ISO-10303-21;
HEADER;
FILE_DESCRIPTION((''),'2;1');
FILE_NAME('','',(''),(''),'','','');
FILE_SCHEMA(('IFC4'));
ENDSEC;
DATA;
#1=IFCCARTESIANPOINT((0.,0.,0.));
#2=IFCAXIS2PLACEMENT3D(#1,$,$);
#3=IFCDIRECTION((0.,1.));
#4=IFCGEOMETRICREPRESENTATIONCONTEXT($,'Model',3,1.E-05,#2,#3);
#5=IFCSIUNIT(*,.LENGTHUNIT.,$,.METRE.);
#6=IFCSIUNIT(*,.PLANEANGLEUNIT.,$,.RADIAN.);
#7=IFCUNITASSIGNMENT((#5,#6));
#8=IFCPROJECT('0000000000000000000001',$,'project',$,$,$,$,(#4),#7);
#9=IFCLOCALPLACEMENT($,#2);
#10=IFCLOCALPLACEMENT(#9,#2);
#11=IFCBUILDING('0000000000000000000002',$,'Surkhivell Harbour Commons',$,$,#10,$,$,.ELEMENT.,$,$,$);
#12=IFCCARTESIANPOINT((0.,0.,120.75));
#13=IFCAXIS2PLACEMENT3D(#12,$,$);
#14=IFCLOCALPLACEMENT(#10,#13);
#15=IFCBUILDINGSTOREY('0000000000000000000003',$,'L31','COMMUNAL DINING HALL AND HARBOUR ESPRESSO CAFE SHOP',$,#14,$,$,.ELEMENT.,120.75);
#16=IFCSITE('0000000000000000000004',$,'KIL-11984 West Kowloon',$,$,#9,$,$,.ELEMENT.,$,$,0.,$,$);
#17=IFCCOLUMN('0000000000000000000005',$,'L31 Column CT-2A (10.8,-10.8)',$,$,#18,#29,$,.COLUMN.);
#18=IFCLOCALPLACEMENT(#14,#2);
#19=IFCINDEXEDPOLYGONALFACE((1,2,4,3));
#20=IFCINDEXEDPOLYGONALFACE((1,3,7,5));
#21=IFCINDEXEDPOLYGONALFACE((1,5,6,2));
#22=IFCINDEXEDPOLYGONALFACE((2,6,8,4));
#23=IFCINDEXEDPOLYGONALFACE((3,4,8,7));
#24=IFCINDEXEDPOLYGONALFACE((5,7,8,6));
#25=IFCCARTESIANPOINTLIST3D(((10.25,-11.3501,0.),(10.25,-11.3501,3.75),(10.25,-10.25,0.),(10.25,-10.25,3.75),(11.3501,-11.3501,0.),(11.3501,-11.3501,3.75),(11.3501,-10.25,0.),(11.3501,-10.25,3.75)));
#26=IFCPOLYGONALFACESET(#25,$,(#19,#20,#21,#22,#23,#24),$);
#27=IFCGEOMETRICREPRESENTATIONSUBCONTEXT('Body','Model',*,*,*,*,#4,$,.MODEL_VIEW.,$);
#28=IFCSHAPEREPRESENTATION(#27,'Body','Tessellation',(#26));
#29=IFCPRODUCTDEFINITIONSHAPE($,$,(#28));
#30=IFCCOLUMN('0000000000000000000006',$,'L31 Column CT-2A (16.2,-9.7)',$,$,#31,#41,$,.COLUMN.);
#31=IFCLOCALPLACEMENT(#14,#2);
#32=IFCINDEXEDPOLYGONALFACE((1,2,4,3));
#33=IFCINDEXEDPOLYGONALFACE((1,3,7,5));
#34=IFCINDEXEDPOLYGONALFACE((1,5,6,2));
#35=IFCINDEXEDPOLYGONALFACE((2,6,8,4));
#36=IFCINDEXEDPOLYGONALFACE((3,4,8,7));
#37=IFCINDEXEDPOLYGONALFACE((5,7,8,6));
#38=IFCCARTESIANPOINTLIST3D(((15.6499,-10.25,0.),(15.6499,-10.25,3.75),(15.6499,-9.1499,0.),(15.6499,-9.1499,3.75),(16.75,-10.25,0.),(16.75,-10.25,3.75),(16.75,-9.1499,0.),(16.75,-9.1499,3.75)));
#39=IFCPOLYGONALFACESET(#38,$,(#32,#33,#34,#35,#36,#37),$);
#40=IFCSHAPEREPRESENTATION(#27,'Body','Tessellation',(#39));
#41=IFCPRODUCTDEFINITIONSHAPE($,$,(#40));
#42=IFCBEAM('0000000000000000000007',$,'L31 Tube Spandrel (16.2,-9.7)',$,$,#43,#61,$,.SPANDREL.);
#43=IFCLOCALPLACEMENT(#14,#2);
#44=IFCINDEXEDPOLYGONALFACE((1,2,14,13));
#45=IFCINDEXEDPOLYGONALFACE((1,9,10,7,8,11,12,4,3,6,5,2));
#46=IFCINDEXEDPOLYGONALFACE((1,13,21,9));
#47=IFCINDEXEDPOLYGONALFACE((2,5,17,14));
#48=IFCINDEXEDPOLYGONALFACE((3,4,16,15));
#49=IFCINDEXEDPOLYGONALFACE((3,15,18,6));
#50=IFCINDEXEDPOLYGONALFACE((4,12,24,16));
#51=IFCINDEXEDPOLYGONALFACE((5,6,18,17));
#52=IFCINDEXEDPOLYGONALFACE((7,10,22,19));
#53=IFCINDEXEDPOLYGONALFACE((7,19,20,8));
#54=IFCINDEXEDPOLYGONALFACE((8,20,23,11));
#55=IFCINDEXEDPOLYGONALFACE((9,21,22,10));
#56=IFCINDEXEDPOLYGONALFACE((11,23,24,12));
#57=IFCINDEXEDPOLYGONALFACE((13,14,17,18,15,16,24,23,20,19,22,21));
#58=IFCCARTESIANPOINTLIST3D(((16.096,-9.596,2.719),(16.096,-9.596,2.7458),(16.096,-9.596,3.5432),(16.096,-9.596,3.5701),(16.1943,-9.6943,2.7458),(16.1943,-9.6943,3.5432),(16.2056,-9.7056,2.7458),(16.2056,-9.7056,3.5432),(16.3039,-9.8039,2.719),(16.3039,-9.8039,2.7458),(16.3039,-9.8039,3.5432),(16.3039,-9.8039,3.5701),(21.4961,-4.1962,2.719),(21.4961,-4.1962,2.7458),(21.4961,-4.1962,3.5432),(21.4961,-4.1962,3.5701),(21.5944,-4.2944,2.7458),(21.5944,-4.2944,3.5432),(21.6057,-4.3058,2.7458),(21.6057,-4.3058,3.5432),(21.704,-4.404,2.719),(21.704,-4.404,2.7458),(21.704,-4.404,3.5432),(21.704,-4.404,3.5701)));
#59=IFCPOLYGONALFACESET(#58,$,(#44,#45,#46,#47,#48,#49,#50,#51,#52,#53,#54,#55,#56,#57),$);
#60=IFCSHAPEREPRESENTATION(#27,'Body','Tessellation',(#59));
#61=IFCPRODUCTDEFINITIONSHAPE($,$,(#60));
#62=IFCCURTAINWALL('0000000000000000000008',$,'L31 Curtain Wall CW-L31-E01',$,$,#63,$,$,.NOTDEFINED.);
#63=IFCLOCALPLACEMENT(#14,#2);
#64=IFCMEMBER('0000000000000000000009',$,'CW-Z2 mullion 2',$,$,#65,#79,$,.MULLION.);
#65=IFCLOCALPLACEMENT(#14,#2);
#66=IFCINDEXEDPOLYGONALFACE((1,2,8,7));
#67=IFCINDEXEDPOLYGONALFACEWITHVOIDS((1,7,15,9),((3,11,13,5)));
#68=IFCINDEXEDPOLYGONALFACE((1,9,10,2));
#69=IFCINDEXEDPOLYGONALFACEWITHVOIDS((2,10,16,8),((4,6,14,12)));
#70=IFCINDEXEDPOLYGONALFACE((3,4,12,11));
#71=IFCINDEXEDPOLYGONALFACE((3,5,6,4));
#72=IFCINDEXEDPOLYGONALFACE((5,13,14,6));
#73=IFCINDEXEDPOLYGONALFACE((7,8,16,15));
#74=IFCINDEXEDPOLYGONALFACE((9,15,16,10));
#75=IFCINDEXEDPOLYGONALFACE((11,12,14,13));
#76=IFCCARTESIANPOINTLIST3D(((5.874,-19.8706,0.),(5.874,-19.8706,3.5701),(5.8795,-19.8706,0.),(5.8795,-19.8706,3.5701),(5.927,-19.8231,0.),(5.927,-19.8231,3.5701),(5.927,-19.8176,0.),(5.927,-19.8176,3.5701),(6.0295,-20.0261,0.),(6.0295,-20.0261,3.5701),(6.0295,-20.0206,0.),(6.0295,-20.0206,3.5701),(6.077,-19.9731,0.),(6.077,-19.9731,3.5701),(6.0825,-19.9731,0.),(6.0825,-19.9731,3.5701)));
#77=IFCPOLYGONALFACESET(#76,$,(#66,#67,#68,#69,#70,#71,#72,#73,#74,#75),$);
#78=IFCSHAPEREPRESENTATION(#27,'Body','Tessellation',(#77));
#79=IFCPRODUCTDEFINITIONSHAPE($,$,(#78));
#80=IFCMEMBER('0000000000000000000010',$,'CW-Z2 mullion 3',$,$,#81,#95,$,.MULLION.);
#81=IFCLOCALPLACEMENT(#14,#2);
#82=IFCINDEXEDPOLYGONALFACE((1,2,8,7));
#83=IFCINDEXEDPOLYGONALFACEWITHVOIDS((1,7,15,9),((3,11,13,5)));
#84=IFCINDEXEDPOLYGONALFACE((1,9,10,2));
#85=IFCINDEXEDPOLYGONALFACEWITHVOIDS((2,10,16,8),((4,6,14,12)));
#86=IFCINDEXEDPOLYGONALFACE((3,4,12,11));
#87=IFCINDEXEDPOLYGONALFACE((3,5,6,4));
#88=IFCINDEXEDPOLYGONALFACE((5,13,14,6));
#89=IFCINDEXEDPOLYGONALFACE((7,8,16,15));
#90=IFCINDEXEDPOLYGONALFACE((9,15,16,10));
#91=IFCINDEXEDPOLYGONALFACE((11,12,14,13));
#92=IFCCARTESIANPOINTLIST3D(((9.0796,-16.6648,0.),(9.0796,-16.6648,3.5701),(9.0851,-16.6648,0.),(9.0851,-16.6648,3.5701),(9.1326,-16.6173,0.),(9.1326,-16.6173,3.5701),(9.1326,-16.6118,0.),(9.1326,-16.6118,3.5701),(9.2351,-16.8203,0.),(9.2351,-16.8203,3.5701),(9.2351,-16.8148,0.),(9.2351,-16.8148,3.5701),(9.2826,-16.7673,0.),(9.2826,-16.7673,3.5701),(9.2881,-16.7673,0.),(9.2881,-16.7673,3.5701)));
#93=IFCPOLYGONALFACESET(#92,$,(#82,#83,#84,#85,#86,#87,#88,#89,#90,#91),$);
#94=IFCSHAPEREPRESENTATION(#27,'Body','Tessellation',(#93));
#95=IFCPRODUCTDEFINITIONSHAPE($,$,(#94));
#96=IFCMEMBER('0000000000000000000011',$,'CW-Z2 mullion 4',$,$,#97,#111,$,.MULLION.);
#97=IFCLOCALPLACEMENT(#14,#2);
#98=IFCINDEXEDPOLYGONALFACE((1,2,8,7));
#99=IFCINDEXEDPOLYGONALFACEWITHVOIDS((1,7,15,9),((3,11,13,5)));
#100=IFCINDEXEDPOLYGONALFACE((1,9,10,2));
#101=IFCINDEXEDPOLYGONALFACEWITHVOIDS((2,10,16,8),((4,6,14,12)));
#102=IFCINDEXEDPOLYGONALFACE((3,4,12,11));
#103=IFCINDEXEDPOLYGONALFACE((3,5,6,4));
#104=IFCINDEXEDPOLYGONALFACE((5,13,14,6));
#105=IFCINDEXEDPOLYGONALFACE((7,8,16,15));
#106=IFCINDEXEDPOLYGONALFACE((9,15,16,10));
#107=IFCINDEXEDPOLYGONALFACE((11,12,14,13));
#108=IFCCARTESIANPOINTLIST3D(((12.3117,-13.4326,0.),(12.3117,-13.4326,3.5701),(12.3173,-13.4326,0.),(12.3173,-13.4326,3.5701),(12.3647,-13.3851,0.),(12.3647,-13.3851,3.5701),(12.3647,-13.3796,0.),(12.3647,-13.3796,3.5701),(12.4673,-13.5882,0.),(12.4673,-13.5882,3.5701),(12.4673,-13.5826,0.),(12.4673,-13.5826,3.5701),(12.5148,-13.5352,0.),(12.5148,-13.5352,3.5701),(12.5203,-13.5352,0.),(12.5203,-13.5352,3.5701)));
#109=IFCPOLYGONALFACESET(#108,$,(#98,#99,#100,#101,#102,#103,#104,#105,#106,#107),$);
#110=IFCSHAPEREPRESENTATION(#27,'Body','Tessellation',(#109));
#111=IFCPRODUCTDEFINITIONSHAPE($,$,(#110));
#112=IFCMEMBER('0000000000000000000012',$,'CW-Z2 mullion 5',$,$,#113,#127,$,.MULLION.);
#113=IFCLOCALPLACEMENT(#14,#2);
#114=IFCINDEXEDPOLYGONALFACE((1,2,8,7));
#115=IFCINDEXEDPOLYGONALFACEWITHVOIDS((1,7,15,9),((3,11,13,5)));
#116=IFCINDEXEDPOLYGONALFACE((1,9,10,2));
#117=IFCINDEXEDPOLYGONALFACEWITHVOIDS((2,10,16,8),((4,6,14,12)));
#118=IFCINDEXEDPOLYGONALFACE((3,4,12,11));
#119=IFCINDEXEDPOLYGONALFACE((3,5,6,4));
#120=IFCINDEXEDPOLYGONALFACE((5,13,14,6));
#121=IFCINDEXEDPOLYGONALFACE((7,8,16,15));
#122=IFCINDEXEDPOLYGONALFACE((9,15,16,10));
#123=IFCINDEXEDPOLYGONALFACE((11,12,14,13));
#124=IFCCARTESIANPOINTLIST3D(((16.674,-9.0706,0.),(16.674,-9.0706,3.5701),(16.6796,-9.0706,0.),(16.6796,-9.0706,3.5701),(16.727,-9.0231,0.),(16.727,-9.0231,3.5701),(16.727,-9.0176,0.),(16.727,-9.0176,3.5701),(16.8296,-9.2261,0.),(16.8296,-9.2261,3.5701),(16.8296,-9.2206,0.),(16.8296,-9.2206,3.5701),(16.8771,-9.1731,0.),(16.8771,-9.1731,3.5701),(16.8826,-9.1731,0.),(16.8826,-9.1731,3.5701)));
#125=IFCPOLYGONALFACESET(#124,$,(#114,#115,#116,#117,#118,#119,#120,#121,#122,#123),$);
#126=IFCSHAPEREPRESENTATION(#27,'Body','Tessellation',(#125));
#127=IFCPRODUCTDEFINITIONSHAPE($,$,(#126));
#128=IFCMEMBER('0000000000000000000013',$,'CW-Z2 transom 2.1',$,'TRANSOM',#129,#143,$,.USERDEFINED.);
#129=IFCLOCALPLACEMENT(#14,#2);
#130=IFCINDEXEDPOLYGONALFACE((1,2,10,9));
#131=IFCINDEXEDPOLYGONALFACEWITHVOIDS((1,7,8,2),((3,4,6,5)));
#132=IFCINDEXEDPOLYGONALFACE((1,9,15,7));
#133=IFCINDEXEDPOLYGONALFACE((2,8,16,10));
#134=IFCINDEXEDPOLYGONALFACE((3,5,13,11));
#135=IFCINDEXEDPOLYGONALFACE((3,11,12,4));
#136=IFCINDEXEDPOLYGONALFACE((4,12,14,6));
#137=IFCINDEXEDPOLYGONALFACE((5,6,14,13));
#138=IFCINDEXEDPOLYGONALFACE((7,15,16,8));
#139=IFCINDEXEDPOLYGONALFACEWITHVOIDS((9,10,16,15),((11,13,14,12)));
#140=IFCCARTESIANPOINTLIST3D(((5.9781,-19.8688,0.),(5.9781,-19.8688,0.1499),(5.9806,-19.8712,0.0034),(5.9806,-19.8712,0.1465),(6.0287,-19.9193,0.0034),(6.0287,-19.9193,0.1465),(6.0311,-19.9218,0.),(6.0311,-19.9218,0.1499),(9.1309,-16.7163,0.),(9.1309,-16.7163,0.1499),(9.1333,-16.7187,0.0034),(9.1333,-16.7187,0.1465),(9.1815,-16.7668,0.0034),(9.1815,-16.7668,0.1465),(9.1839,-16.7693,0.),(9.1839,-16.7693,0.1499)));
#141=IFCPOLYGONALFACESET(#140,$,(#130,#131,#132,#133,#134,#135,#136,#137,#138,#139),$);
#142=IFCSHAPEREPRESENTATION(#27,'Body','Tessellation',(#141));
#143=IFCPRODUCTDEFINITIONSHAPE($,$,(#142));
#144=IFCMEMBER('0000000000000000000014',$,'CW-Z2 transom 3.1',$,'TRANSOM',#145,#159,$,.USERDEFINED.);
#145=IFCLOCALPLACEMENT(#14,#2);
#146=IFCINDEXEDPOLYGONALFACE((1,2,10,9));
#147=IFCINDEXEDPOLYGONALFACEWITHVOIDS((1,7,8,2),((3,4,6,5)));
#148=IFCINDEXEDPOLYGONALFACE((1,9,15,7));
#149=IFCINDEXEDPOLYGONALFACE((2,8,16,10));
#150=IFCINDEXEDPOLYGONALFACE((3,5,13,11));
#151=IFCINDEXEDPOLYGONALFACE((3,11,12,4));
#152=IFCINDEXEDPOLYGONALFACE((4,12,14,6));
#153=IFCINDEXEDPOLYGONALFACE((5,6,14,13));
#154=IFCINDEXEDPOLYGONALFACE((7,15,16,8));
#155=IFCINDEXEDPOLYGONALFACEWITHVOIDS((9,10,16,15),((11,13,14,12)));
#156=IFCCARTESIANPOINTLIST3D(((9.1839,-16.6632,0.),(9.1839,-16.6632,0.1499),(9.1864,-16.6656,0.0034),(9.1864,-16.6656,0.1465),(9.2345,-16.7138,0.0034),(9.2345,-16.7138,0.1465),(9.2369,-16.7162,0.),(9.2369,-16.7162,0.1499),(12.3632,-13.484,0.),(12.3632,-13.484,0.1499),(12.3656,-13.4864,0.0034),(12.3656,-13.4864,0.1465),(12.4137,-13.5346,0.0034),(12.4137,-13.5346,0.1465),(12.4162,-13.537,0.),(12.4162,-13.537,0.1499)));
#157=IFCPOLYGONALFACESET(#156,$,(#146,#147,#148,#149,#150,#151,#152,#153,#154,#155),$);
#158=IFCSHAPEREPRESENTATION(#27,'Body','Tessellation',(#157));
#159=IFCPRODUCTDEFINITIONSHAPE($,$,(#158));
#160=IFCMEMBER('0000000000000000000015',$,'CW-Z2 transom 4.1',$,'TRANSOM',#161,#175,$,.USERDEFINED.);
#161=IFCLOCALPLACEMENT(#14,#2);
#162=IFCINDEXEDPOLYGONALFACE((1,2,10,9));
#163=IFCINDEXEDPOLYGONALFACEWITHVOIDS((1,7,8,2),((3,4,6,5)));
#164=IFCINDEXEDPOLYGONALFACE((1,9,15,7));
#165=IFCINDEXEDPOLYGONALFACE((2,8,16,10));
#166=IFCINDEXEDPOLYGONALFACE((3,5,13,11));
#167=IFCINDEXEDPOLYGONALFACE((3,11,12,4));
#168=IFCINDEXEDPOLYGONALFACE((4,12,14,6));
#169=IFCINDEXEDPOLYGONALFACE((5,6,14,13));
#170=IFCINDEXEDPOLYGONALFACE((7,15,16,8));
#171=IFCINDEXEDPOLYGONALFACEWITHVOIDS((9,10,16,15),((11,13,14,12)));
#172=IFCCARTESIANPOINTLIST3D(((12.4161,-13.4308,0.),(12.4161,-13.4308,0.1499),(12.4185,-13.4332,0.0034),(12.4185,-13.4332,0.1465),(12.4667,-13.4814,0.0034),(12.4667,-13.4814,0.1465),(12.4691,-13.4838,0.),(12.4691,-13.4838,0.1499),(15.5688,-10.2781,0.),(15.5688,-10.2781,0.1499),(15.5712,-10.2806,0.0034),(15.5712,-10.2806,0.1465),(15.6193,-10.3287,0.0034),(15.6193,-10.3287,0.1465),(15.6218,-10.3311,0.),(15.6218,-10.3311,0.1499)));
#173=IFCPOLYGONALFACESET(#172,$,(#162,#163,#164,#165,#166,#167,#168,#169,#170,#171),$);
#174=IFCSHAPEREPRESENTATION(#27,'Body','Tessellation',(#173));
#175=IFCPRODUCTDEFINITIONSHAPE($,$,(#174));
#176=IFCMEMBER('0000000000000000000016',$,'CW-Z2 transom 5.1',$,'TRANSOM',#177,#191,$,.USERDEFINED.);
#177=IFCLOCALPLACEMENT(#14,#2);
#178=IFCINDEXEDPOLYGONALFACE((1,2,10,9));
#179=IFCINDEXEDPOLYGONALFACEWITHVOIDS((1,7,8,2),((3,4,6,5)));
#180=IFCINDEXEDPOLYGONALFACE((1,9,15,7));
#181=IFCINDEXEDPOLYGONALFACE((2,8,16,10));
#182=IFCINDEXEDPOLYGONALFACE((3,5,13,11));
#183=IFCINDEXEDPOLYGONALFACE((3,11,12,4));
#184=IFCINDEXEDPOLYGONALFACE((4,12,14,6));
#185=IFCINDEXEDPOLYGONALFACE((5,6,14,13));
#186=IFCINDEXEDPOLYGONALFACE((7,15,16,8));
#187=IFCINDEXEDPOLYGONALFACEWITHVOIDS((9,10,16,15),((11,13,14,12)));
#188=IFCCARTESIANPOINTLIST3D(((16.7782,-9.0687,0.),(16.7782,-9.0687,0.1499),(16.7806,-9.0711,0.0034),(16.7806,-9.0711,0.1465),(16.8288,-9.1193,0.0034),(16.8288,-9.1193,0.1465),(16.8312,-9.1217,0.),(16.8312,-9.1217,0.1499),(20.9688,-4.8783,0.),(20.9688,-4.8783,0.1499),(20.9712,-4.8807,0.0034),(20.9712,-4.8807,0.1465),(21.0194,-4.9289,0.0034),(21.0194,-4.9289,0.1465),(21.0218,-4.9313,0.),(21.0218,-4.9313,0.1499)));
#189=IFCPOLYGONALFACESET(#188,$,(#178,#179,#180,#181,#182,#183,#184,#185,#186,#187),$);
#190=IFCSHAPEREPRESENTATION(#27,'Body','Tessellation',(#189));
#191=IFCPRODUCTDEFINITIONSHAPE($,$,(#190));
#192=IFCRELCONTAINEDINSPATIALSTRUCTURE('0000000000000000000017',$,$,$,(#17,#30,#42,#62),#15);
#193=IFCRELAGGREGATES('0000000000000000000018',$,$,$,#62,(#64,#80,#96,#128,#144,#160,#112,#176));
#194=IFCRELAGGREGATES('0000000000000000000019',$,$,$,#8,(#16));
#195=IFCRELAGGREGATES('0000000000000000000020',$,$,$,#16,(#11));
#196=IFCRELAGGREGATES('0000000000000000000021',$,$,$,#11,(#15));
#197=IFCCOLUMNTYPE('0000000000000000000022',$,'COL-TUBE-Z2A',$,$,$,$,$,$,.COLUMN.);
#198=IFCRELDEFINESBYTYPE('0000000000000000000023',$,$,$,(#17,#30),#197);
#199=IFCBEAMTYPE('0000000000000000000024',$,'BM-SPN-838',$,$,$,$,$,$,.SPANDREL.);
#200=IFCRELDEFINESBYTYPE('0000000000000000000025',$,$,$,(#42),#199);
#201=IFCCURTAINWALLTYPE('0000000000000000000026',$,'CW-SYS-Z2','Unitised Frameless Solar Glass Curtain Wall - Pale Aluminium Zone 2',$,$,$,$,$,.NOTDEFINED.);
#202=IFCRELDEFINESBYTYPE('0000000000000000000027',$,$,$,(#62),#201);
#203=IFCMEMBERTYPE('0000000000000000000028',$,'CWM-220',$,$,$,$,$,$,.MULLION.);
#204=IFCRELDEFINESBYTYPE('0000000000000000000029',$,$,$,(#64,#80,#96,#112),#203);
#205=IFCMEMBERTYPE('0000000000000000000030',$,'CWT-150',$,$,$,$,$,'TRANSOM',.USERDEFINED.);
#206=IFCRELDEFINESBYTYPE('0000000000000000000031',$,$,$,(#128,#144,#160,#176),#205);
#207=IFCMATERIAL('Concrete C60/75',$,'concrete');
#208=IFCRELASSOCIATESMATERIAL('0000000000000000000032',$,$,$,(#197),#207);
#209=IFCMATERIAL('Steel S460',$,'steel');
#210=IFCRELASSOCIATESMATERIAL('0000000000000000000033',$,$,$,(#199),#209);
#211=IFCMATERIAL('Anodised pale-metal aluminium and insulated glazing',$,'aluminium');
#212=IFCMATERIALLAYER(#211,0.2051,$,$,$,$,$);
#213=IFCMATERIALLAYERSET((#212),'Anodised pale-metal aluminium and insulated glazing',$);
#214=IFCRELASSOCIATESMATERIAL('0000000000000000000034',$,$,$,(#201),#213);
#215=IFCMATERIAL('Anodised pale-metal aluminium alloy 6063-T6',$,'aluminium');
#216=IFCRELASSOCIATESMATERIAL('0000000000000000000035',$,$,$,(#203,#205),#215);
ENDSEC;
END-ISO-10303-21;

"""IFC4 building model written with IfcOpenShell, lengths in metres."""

from ifc_helpers import new_model, si_unit, direction, frame, origin, origin_2d, place, context, subcontext, project, spatial, rectangle, hollow_rectangle, i_section, extrude, material, layer, layer_set, material_profile, profile_set, type_object, element, aggregate, save


model = new_model("IFC4")

# Units and contexts
model_context = context("Model", 3, precision=1e-05, world=origin(), true_north=direction((0.0, 1.0)))
body_context = subcontext(model_context, "Body", "Model", "MODEL_VIEW")
ifc_project = project(units=[si_unit("LENGTHUNIT", "METRE"), si_unit("PLANEANGLEUNIT", "RADIAN")], contexts=[model_context])

# Site, building, storey
site_placement = place(None, origin())
site = spatial("IfcSite", under=ifc_project, at=site_placement, Name="KIL-11984 West Kowloon", CompositionType="ELEMENT", RefElevation=0.0)
building_placement = place(site_placement, origin())
building = spatial("IfcBuilding", under=site, at=building_placement, Name="Surkhivell Harbour Commons", CompositionType="ELEMENT")
storey_placement = place(building_placement, frame((0.0, 0.0, 120.75)))
storey = spatial("IfcBuildingStorey", under=building, at=storey_placement, Name="L31", Description="COMMUNAL DINING HALL AND HARBOUR ESPRESSO CAFE SHOP", CompositionType="ELEMENT", Elevation=120.75)

# Columns
ifc_material_1 = material(Name="Concrete C60/75", Category="concrete")
ifc_material_profile_1 = material_profile(ifc_material_1, rectangle(XDim=1.1001, YDim=1.1001, at=origin_2d()), Name="RC-COL-1100x1100")
ifc_profile_set_1 = profile_set([ifc_material_profile_1], Name="Concrete C60/75")
column_type = type_object("IfcColumnType", Name="COL-TUBE-Z2A", PredefinedType="COLUMN", material=ifc_profile_set_1)
for number, where, z_axis, x_axis, name in (
    (1, (10.8, -10.8, 0.0), (0.0, 0.0, 1.0), (1.0, 0.0, 0.0), "L31 Column CT-2A (10.8,-10.8)"),
    (2, (16.2, -9.7, 0.0), (0.0, 0.0, 1.0), (1.0, 0.0, 0.0), "L31 Column CT-2A (16.2,-9.7)"),
):
    element("IfcColumn", number, at=place(storey_placement, frame(where, z_axis=z_axis, x_axis=x_axis)), inside=storey, type_object=column_type, Name=name, PredefinedType="COLUMN", context=body_context, shape_type="SweptSolid", body=[
        extrude(rectangle(XDim=1.1001, YDim=1.1001, at=origin_2d()), origin(), (0.0, 0.0, 1.0), 3.75),
    ])

# Beam
ifc_material_2 = material(Name="Steel S460", Category="steel")
ifc_material_profile_2 = material_profile(ifc_material_2, i_section(OverallWidth=0.2939, OverallDepth=0.8511, WebThickness=0.0161, FlangeThickness=0.0269, at=origin_2d()), Name="UB838x292x226")
ifc_profile_set_2 = profile_set([ifc_material_profile_2], Name="Steel S460")
beam_type = type_object("IfcBeamType", Name="BM-SPN-838", PredefinedType="SPANDREL", material=ifc_profile_set_2)
beam_placement = place(storey_placement, frame((16.2, -9.7, 3.1445), z_axis=(0.707123, 0.707091, 0.0), x_axis=(-0.707091, 0.707123, 0.0)))
element("IfcBeam", 3, at=beam_placement, inside=storey, type_object=beam_type, Name="L31 Tube Spandrel (16.2,-9.7)", PredefinedType="SPANDREL", context=body_context, shape_type="SweptSolid", body=[
    extrude(i_section(OverallWidth=0.2939, OverallDepth=0.8511, WebThickness=0.0161, FlangeThickness=0.0269, at=origin_2d()), origin(), (0.0, 0.0, 1.0), 7.6367),
])

# Curtain wall, members
ifc_material_3 = material(Name="Anodised pale-metal aluminium and insulated glazing", Category="aluminium")
ifc_layer_1 = layer(ifc_material_3, 0.2051)
ifc_layer_set_1 = layer_set([ifc_layer_1], Name="Anodised pale-metal aluminium and insulated glazing")
curtain_wall_type = type_object("IfcCurtainWallType", Name="CW-SYS-Z2", Description="Unitised Frameless Solar Glass Curtain Wall - Pale Aluminium Zone 2", PredefinedType="NOTDEFINED", material=ifc_layer_set_1)
curtain_wall_placement = place(storey_placement, origin())
curtain_wall = element("IfcCurtainWall", 4, at=curtain_wall_placement, inside=storey, type_object=curtain_wall_type, Name="L31 Curtain Wall CW-L31-E01", PredefinedType="NOTDEFINED")
ifc_material_4 = material(Name="Anodised pale-metal aluminium alloy 6063-T6", Category="aluminium")
ifc_material_profile_3 = material_profile(ifc_material_4, hollow_rectangle(XDim=0.075, YDim=0.22, WallThickness=0.0039, at=origin_2d()), Name="ALU-MULL-75x220")
ifc_profile_set_3 = profile_set([ifc_material_profile_3], Name="Anodised pale-metal aluminium alloy 6063-T6")
member_type_1 = type_object("IfcMemberType", Name="CWM-220", PredefinedType="MULLION", material=ifc_profile_set_3)
member_1_placement = place(storey_placement, frame((5.9783, -19.9219, 0.0), z_axis=(0.0, 0.0, 1.0), x_axis=(0.707107, 0.707107, 0.0)))
member_1 = element("IfcMember", 5, at=member_1_placement, type_object=member_type_1, Name="CW-Z2 mullion 2", PredefinedType="MULLION", context=body_context, shape_type="SweptSolid", body=[
    extrude(hollow_rectangle(XDim=0.075, YDim=0.22, WallThickness=0.0039, at=origin_2d()), origin(), (0.0, 0.0, 1.0), 3.5701),
])
member_2_placement = place(storey_placement, frame((9.1838, -16.7161, 0.0), z_axis=(0.0, 0.0, 1.0), x_axis=(0.707107, 0.707107, 0.0)))
member_2 = element("IfcMember", 6, at=member_2_placement, type_object=member_type_1, Name="CW-Z2 mullion 3", PredefinedType="MULLION", context=body_context, shape_type="SweptSolid", body=[
    extrude(hollow_rectangle(XDim=0.075, YDim=0.22, WallThickness=0.0039, at=origin_2d()), origin(), (0.0, 0.0, 1.0), 3.5701),
])
member_3_placement = place(storey_placement, frame((12.416, -13.4839, 0.0), z_axis=(0.0, 0.0, 1.0), x_axis=(0.707107, 0.707107, 0.0)))
member_3 = element("IfcMember", 7, at=member_3_placement, type_object=member_type_1, Name="CW-Z2 mullion 4", PredefinedType="MULLION", context=body_context, shape_type="SweptSolid", body=[
    extrude(hollow_rectangle(XDim=0.075, YDim=0.22, WallThickness=0.0039, at=origin_2d()), origin(), (0.0, 0.0, 1.0), 3.5701),
])
member_4_placement = place(storey_placement, frame((16.7783, -9.1218, 0.0), z_axis=(0.0, 0.0, 1.0), x_axis=(0.707107, 0.707107, 0.0)))
member_4 = element("IfcMember", 8, at=member_4_placement, type_object=member_type_1, Name="CW-Z2 mullion 5", PredefinedType="MULLION", context=body_context, shape_type="SweptSolid", body=[
    extrude(hollow_rectangle(XDim=0.075, YDim=0.22, WallThickness=0.0039, at=origin_2d()), origin(), (0.0, 0.0, 1.0), 3.5701),
])
ifc_material_profile_4 = material_profile(ifc_material_4, hollow_rectangle(XDim=0.075, YDim=0.1499, WallThickness=0.0034, at=origin_2d()), Name="ALU-TRAN-75x150")
ifc_profile_set_4 = profile_set([ifc_material_profile_4], Name="Anodised pale-metal aluminium alloy 6063-T6")
member_type_2 = type_object("IfcMemberType", Name="CWT-150", ElementType="TRANSOM", PredefinedType="USERDEFINED", material=ifc_profile_set_4)
member_5_placement = place(storey_placement, frame((6.0046, -19.8953, 0.075), z_axis=(0.707134, 0.707079, 0.0), x_axis=(-0.707079, 0.707134, 0.0)))
member_5 = element("IfcMember", 9, at=member_5_placement, type_object=member_type_2, Name="CW-Z2 transom 2.1", ObjectType="TRANSOM", PredefinedType="USERDEFINED", context=body_context, shape_type="SweptSolid", body=[
    extrude(hollow_rectangle(XDim=0.075, YDim=0.1499, WallThickness=0.0034, at=origin_2d()), origin(), (0.0, 0.0, 1.0), 4.4585),
])
member_6_placement = place(storey_placement, frame((9.2104, -16.6897, 0.075), z_axis=(0.707107, 0.707107, 0.0), x_axis=(-0.707107, 0.707107, 0.0)))
member_6 = element("IfcMember", 10, at=member_6_placement, type_object=member_type_2, Name="CW-Z2 transom 3.1", ObjectType="TRANSOM", PredefinedType="USERDEFINED", context=body_context, shape_type="SweptSolid", body=[
    extrude(hollow_rectangle(XDim=0.075, YDim=0.1499, WallThickness=0.0034, at=origin_2d()), origin(), (0.0, 0.0, 1.0), 4.4961),
])
member_7_placement = place(storey_placement, frame((12.4426, -13.4573, 0.075), z_axis=(0.707107, 0.707107, 0.0), x_axis=(-0.707107, 0.707107, 0.0)))
member_7 = element("IfcMember", 11, at=member_7_placement, type_object=member_type_2, Name="CW-Z2 transom 4.1", ObjectType="TRANSOM", PredefinedType="USERDEFINED", context=body_context, shape_type="SweptSolid", body=[
    extrude(hollow_rectangle(XDim=0.075, YDim=0.1499, WallThickness=0.0034, at=origin_2d()), origin(), (0.0, 0.0, 1.0), 4.4585),
])
member_8_placement = place(storey_placement, frame((16.8047, -9.0952, 0.075), z_axis=(0.707127, 0.707086, 0.0), x_axis=(-0.707086, 0.707127, 0.0)))
member_8 = element("IfcMember", 12, at=member_8_placement, type_object=member_type_2, Name="CW-Z2 transom 5.1", ObjectType="TRANSOM", PredefinedType="USERDEFINED", context=body_context, shape_type="SweptSolid", body=[
    extrude(hollow_rectangle(XDim=0.075, YDim=0.1499, WallThickness=0.0034, at=origin_2d()), origin(), (0.0, 0.0, 1.0), 5.9263),
])
aggregate(curtain_wall, [member_1, member_2, member_3, member_5, member_6, member_7, member_4, member_8])

save(model, "model.ifc")
